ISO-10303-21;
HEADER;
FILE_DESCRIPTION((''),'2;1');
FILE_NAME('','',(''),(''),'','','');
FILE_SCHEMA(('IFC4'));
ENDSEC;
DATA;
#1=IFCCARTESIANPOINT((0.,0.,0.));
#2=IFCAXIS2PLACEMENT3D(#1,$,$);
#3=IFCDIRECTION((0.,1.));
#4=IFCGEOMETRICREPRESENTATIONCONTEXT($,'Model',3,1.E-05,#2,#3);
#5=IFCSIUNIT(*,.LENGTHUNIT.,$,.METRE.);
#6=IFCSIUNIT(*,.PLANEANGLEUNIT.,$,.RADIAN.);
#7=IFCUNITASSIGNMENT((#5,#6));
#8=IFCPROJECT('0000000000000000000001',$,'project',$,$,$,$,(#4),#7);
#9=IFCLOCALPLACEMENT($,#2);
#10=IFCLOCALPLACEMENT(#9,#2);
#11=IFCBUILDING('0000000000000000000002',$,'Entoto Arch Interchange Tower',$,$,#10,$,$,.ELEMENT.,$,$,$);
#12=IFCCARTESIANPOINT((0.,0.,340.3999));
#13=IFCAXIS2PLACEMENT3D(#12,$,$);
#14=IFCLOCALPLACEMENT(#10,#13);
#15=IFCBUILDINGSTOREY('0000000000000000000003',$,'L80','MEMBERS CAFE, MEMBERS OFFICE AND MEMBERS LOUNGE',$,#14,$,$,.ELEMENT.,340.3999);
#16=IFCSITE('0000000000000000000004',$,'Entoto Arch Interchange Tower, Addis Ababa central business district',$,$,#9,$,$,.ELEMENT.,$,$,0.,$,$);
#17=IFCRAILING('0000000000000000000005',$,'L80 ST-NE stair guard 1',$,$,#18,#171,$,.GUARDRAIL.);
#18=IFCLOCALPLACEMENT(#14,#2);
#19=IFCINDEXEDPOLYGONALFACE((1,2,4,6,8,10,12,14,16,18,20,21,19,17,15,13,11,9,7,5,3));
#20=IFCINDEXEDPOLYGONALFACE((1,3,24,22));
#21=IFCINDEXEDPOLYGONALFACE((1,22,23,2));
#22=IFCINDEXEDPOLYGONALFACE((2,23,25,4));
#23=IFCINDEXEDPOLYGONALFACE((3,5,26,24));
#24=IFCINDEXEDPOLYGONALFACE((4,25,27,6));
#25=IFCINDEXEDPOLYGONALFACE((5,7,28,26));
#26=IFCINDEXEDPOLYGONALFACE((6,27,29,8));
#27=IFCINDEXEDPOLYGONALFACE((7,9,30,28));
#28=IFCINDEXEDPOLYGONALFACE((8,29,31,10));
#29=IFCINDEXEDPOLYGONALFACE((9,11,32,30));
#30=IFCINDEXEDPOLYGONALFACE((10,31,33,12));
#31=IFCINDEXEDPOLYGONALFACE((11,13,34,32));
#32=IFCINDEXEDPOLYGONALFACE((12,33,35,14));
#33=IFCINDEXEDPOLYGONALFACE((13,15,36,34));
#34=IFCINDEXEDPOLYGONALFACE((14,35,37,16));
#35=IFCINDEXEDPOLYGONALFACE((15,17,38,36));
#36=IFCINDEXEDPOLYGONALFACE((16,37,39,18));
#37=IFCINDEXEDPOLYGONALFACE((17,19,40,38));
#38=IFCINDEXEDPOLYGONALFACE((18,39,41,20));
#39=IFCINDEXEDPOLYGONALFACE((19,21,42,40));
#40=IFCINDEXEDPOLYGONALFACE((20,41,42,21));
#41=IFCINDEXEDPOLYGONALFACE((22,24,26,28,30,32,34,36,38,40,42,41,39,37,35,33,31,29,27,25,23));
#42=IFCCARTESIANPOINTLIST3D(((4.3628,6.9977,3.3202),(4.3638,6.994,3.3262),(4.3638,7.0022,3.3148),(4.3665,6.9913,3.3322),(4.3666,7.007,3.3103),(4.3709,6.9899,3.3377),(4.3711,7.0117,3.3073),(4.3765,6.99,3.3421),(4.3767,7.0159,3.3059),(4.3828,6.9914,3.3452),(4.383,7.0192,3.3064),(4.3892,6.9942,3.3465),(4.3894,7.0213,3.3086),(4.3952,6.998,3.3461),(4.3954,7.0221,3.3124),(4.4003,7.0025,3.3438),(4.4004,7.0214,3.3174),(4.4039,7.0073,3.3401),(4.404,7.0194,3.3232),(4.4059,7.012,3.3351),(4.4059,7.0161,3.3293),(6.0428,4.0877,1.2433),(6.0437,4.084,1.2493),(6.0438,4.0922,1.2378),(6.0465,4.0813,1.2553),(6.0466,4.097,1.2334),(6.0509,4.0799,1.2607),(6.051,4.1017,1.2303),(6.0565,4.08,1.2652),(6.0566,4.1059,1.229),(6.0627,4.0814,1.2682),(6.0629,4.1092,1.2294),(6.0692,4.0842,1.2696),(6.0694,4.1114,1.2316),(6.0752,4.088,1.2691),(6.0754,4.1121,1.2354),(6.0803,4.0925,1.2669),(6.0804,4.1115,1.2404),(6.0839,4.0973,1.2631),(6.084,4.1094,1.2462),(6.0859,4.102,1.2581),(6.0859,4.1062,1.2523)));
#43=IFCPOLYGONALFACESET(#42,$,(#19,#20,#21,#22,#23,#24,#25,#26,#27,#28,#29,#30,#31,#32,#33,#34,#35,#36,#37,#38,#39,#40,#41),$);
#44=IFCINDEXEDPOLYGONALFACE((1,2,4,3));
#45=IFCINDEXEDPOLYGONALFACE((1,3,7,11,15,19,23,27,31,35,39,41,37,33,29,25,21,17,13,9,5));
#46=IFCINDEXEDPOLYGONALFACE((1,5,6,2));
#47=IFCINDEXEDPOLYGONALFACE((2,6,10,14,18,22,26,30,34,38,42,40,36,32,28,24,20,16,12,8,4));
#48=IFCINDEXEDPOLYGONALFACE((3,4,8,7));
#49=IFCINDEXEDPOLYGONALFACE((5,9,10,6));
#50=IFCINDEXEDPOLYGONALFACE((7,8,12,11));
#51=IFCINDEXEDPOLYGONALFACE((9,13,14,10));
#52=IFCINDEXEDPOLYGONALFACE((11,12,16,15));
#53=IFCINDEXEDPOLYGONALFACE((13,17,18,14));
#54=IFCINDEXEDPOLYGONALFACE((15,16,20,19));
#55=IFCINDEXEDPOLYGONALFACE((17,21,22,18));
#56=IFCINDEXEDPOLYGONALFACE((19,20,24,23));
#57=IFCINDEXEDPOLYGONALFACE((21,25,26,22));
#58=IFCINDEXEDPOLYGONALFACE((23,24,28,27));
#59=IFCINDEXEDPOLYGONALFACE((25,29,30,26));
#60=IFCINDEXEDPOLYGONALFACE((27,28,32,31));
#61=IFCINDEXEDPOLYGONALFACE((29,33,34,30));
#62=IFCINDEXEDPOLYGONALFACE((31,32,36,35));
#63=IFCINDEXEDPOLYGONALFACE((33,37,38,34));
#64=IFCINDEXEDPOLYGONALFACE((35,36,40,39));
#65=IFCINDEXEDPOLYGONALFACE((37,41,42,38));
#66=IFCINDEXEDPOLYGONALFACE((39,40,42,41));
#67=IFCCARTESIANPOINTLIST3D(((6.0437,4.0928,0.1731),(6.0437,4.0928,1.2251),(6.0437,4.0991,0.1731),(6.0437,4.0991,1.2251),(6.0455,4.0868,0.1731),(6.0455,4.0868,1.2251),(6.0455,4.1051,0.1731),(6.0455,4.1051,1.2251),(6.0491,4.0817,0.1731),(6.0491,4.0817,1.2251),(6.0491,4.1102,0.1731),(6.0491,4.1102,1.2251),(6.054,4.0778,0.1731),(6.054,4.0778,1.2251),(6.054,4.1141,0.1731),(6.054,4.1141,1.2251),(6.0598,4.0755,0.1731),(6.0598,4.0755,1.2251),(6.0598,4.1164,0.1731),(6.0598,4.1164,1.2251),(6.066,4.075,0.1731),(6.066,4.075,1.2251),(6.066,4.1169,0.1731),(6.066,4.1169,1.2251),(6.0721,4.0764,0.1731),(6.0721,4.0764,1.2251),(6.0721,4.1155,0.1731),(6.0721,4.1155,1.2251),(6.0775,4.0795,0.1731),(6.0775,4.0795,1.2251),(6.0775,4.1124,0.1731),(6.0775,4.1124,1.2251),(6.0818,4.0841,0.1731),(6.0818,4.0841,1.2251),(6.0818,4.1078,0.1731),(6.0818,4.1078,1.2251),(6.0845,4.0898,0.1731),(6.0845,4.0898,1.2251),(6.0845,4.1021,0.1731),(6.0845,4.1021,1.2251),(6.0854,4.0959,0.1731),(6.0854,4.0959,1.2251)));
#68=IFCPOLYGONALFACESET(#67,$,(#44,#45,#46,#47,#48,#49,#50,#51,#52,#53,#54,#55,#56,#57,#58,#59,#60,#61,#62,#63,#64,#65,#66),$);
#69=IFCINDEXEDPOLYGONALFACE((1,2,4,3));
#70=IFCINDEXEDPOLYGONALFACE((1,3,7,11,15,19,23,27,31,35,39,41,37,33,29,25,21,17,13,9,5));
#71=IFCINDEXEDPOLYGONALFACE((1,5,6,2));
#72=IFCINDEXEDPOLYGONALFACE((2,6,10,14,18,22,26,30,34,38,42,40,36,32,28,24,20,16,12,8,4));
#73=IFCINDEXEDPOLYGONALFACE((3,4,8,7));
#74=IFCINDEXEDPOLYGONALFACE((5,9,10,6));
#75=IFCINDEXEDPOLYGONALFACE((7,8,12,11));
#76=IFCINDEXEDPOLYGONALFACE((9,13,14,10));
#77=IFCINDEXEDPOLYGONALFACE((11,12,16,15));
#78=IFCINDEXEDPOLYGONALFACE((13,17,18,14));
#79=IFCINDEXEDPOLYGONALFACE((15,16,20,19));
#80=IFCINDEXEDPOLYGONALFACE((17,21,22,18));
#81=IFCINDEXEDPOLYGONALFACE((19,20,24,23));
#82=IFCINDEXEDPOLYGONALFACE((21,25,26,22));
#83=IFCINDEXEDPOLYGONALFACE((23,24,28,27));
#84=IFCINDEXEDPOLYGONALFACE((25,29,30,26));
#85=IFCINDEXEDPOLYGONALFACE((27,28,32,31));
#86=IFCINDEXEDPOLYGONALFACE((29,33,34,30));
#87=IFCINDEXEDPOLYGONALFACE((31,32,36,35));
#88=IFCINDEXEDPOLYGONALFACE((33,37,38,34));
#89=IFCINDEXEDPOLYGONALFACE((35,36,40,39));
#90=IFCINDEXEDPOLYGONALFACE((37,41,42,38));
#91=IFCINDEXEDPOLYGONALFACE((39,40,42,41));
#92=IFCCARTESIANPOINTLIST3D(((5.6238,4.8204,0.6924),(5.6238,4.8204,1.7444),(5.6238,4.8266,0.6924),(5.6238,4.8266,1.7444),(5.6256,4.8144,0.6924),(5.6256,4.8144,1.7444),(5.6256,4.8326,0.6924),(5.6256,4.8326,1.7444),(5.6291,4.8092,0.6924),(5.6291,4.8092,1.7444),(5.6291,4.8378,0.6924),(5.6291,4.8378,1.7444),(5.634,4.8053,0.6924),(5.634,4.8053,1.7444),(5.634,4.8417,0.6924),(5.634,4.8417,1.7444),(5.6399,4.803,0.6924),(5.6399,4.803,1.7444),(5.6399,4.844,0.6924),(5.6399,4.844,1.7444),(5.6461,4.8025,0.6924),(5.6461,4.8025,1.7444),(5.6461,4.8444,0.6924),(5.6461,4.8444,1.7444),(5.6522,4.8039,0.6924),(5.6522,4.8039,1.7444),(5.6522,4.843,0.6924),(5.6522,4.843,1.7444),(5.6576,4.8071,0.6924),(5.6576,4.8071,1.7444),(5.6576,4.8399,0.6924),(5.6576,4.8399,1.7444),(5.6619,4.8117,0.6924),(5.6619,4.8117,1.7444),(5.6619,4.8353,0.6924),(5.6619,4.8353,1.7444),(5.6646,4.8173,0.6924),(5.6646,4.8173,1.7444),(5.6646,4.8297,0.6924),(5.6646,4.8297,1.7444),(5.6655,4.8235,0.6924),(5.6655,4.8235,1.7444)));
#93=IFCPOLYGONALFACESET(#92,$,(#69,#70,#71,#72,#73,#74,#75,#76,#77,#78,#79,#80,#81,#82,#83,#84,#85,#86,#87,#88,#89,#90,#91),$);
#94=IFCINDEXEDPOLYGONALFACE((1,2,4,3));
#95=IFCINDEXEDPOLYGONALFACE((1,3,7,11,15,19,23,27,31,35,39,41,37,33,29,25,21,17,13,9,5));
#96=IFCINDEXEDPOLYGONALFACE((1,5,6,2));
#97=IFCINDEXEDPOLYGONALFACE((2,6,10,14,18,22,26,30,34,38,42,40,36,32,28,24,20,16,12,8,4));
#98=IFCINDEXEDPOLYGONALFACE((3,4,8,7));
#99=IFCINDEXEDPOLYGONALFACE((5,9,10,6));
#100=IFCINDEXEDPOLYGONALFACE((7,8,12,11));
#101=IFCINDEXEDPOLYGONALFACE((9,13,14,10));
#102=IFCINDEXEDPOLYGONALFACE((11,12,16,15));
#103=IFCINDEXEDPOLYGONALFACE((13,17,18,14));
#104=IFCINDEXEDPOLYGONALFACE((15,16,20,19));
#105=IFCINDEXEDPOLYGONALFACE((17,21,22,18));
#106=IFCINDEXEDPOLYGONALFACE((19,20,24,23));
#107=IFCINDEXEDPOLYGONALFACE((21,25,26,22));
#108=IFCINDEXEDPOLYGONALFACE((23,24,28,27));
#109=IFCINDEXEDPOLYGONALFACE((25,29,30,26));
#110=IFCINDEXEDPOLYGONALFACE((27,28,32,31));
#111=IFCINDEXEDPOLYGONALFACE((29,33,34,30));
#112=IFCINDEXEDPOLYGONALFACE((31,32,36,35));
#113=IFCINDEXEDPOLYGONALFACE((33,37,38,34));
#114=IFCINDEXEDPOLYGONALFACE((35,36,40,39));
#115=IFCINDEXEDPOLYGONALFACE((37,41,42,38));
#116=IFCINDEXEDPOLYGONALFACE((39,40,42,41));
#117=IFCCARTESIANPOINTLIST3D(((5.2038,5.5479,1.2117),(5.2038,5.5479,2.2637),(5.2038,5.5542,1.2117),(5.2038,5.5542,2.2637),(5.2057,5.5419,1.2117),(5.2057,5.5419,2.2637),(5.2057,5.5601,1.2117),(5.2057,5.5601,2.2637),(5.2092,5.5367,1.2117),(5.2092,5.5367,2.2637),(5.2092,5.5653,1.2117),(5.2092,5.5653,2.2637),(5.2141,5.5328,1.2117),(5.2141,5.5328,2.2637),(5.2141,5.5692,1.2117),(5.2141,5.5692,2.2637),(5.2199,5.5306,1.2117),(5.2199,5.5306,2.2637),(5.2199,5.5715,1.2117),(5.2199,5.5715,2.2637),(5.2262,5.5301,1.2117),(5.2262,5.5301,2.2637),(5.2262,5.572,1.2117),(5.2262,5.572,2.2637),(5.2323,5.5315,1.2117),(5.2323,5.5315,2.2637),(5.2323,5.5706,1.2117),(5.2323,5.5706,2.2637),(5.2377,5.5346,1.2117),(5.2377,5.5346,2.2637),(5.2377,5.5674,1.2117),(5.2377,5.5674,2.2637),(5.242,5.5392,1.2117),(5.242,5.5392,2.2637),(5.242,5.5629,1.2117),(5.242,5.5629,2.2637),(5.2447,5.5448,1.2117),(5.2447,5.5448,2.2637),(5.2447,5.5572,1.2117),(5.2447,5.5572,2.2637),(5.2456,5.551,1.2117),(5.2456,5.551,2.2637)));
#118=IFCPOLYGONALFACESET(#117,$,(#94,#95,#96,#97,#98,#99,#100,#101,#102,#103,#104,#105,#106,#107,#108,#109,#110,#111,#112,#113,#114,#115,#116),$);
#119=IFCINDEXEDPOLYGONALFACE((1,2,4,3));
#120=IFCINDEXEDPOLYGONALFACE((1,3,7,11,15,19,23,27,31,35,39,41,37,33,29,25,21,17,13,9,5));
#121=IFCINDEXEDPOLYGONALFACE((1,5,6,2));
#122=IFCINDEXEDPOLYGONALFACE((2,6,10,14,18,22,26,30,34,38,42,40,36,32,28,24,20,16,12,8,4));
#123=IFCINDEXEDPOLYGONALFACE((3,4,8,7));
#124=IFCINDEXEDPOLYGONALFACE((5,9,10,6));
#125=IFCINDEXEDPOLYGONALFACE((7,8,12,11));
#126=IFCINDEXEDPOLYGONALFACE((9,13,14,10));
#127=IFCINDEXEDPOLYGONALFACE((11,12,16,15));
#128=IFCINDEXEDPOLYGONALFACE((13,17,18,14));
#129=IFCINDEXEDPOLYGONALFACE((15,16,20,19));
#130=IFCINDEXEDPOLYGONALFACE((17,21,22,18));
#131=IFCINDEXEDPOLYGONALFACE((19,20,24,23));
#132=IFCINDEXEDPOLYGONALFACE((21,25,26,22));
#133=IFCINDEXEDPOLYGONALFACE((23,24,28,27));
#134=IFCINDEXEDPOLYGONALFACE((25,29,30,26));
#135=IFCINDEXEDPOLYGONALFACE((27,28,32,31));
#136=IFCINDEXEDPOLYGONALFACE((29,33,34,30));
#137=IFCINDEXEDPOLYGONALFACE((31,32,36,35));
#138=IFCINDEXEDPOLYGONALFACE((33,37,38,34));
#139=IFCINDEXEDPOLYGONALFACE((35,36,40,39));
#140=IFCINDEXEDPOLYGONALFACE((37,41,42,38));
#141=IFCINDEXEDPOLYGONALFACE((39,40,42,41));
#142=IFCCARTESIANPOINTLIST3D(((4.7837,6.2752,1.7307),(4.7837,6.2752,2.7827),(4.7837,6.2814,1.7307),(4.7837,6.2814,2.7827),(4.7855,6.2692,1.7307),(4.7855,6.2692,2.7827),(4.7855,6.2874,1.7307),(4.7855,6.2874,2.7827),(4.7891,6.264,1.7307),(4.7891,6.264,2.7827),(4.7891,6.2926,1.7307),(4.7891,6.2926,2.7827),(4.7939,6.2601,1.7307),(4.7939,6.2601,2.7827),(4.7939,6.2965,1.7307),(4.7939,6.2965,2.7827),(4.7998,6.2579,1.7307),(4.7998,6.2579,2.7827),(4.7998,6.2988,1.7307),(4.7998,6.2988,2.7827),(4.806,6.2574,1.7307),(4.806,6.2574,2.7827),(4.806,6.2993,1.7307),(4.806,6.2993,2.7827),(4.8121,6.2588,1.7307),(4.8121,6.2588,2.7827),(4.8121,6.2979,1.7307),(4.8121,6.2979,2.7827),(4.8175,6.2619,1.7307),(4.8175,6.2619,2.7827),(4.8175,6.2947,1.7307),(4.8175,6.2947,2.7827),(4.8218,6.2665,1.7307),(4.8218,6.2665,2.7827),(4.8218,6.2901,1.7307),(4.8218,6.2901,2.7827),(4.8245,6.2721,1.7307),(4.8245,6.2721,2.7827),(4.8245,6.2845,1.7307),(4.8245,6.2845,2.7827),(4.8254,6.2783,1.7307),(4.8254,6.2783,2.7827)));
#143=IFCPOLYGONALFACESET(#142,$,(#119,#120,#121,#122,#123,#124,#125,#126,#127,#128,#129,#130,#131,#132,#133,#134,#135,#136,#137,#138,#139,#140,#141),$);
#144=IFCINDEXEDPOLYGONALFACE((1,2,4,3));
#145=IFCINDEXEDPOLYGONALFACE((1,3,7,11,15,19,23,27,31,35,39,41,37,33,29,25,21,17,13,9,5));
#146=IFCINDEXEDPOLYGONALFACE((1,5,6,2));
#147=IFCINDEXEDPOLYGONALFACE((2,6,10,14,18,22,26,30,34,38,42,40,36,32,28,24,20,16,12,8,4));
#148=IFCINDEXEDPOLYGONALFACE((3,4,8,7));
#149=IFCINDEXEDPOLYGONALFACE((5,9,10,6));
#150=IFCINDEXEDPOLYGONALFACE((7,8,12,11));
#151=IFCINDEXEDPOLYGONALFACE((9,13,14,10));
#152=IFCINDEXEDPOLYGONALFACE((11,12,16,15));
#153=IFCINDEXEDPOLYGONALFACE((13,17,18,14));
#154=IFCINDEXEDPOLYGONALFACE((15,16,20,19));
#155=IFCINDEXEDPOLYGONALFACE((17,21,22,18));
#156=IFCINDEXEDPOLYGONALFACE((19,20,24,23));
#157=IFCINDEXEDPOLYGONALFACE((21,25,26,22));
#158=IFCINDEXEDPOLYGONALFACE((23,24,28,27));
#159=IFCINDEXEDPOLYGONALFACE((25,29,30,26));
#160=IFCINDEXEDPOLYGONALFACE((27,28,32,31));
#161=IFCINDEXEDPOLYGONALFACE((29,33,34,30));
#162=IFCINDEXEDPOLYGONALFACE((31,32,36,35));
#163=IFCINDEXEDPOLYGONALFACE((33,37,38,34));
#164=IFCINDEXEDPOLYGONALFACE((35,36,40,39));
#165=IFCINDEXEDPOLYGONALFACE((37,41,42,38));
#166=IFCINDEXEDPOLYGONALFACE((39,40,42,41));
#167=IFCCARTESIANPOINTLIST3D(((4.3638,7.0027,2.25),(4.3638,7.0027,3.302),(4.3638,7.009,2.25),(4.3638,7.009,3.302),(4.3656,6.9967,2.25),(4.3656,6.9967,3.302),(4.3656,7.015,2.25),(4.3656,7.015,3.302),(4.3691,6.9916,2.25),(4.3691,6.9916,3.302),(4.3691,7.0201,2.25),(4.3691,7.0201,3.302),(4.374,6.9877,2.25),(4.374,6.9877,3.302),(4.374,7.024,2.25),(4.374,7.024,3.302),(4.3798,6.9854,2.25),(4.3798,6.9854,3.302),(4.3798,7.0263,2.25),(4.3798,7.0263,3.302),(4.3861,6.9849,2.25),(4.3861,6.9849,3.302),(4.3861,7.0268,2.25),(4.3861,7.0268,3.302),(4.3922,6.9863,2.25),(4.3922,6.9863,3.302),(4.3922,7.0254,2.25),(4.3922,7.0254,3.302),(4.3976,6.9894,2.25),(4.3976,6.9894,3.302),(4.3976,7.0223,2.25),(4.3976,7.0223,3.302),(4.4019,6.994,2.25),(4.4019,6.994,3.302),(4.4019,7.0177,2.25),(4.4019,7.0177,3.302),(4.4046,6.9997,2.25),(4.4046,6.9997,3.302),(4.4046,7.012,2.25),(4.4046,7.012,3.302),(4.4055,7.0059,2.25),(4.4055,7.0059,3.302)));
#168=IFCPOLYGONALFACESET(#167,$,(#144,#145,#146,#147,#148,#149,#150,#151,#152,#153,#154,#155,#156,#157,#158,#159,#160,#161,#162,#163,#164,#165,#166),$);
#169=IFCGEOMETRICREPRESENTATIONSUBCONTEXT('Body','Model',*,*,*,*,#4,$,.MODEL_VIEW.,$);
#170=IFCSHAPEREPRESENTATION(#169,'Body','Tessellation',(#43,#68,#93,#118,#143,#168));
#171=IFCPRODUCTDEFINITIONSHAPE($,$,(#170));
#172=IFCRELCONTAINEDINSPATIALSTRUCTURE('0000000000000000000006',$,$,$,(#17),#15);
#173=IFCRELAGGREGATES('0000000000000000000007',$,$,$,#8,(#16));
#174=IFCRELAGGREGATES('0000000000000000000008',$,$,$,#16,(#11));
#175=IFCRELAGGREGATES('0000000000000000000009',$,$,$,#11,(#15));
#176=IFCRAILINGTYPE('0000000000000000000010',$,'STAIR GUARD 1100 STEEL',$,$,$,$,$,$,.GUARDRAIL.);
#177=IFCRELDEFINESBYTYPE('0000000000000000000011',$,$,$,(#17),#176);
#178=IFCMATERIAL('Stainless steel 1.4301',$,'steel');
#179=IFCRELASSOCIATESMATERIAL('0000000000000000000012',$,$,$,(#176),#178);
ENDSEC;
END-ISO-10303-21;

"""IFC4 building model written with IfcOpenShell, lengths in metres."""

from ifc_helpers import new_model, si_unit, direction, frame, origin, origin_2d, place, context, subcontext, project, spatial, circle, extrude, material, type_object, element, save


model = new_model("IFC4")

# Units and contexts
model_context = context("Model", 3, precision=1e-05, world=origin(), true_north=direction((0.0, 1.0)))
body_context = subcontext(model_context, "Body", "Model", "MODEL_VIEW")
ifc_project = project(units=[si_unit("LENGTHUNIT", "METRE"), si_unit("PLANEANGLEUNIT", "RADIAN")], contexts=[model_context])

# Site, building, storey
site_placement = place(None, origin())
site = spatial("IfcSite", under=ifc_project, at=site_placement, Name="Entoto Arch Interchange Tower, Addis Ababa central business district", CompositionType="ELEMENT", RefElevation=0.0)
building_placement = place(site_placement, origin())
building = spatial("IfcBuilding", under=site, at=building_placement, Name="Entoto Arch Interchange Tower", CompositionType="ELEMENT")
storey_placement = place(building_placement, frame((0.0, 0.0, 340.3999)))
storey = spatial("IfcBuildingStorey", under=building, at=storey_placement, Name="L80", Description="MEMBERS CAFE, MEMBERS OFFICE AND MEMBERS LOUNGE", CompositionType="ELEMENT", Elevation=340.3999)

# Railing
ifc_material_1 = material(Name="Stainless steel 1.4301", Category="steel")
railing_type_1 = type_object("IfcRailingType", Name="STAIR GUARD 1100 STEEL", PredefinedType="GUARDRAIL", material=ifc_material_1)
railing_1_placement = place(storey_placement, frame((6.0645, 4.0959, 0.1731)))
element("IfcRailing", 1, at=railing_1_placement, inside=storey, type_object=railing_type_1, Name="L80 ST-NE stair guard 1", PredefinedType="GUARDRAIL", context=body_context, shape_type="SweptSolid", body=[
    extrude(circle(Radius=0.0239, at=origin_2d()), frame((0.0, 0.0, 1.0762), z_axis=(-0.425288, 0.736668, 0.525785), x_axis=(-0.866039, -0.499976, 0.0)), (0.0, 0.0, 1.0), 3.9502),
    extrude(circle(Radius=0.021, at=origin_2d()), origin(), (0.0, 0.0, 1.0), 1.052),
    extrude(circle(Radius=0.021, at=origin_2d()), frame((-0.4199, 0.7275, 0.5193)), (0.0, 0.0, 1.0), 1.052),
    extrude(circle(Radius=0.021, at=origin_2d()), frame((-0.8398, 1.4551, 1.0386)), (0.0, 0.0, 1.0), 1.052),
    extrude(circle(Radius=0.021, at=origin_2d()), frame((-1.26, 2.1824, 1.5576)), (0.0, 0.0, 1.0), 1.052),
    extrude(circle(Radius=0.021, at=origin_2d()), frame((-1.6799, 2.9099, 2.0769)), (0.0, 0.0, 1.0), 1.052),
])

save(model, "model.ifc")
